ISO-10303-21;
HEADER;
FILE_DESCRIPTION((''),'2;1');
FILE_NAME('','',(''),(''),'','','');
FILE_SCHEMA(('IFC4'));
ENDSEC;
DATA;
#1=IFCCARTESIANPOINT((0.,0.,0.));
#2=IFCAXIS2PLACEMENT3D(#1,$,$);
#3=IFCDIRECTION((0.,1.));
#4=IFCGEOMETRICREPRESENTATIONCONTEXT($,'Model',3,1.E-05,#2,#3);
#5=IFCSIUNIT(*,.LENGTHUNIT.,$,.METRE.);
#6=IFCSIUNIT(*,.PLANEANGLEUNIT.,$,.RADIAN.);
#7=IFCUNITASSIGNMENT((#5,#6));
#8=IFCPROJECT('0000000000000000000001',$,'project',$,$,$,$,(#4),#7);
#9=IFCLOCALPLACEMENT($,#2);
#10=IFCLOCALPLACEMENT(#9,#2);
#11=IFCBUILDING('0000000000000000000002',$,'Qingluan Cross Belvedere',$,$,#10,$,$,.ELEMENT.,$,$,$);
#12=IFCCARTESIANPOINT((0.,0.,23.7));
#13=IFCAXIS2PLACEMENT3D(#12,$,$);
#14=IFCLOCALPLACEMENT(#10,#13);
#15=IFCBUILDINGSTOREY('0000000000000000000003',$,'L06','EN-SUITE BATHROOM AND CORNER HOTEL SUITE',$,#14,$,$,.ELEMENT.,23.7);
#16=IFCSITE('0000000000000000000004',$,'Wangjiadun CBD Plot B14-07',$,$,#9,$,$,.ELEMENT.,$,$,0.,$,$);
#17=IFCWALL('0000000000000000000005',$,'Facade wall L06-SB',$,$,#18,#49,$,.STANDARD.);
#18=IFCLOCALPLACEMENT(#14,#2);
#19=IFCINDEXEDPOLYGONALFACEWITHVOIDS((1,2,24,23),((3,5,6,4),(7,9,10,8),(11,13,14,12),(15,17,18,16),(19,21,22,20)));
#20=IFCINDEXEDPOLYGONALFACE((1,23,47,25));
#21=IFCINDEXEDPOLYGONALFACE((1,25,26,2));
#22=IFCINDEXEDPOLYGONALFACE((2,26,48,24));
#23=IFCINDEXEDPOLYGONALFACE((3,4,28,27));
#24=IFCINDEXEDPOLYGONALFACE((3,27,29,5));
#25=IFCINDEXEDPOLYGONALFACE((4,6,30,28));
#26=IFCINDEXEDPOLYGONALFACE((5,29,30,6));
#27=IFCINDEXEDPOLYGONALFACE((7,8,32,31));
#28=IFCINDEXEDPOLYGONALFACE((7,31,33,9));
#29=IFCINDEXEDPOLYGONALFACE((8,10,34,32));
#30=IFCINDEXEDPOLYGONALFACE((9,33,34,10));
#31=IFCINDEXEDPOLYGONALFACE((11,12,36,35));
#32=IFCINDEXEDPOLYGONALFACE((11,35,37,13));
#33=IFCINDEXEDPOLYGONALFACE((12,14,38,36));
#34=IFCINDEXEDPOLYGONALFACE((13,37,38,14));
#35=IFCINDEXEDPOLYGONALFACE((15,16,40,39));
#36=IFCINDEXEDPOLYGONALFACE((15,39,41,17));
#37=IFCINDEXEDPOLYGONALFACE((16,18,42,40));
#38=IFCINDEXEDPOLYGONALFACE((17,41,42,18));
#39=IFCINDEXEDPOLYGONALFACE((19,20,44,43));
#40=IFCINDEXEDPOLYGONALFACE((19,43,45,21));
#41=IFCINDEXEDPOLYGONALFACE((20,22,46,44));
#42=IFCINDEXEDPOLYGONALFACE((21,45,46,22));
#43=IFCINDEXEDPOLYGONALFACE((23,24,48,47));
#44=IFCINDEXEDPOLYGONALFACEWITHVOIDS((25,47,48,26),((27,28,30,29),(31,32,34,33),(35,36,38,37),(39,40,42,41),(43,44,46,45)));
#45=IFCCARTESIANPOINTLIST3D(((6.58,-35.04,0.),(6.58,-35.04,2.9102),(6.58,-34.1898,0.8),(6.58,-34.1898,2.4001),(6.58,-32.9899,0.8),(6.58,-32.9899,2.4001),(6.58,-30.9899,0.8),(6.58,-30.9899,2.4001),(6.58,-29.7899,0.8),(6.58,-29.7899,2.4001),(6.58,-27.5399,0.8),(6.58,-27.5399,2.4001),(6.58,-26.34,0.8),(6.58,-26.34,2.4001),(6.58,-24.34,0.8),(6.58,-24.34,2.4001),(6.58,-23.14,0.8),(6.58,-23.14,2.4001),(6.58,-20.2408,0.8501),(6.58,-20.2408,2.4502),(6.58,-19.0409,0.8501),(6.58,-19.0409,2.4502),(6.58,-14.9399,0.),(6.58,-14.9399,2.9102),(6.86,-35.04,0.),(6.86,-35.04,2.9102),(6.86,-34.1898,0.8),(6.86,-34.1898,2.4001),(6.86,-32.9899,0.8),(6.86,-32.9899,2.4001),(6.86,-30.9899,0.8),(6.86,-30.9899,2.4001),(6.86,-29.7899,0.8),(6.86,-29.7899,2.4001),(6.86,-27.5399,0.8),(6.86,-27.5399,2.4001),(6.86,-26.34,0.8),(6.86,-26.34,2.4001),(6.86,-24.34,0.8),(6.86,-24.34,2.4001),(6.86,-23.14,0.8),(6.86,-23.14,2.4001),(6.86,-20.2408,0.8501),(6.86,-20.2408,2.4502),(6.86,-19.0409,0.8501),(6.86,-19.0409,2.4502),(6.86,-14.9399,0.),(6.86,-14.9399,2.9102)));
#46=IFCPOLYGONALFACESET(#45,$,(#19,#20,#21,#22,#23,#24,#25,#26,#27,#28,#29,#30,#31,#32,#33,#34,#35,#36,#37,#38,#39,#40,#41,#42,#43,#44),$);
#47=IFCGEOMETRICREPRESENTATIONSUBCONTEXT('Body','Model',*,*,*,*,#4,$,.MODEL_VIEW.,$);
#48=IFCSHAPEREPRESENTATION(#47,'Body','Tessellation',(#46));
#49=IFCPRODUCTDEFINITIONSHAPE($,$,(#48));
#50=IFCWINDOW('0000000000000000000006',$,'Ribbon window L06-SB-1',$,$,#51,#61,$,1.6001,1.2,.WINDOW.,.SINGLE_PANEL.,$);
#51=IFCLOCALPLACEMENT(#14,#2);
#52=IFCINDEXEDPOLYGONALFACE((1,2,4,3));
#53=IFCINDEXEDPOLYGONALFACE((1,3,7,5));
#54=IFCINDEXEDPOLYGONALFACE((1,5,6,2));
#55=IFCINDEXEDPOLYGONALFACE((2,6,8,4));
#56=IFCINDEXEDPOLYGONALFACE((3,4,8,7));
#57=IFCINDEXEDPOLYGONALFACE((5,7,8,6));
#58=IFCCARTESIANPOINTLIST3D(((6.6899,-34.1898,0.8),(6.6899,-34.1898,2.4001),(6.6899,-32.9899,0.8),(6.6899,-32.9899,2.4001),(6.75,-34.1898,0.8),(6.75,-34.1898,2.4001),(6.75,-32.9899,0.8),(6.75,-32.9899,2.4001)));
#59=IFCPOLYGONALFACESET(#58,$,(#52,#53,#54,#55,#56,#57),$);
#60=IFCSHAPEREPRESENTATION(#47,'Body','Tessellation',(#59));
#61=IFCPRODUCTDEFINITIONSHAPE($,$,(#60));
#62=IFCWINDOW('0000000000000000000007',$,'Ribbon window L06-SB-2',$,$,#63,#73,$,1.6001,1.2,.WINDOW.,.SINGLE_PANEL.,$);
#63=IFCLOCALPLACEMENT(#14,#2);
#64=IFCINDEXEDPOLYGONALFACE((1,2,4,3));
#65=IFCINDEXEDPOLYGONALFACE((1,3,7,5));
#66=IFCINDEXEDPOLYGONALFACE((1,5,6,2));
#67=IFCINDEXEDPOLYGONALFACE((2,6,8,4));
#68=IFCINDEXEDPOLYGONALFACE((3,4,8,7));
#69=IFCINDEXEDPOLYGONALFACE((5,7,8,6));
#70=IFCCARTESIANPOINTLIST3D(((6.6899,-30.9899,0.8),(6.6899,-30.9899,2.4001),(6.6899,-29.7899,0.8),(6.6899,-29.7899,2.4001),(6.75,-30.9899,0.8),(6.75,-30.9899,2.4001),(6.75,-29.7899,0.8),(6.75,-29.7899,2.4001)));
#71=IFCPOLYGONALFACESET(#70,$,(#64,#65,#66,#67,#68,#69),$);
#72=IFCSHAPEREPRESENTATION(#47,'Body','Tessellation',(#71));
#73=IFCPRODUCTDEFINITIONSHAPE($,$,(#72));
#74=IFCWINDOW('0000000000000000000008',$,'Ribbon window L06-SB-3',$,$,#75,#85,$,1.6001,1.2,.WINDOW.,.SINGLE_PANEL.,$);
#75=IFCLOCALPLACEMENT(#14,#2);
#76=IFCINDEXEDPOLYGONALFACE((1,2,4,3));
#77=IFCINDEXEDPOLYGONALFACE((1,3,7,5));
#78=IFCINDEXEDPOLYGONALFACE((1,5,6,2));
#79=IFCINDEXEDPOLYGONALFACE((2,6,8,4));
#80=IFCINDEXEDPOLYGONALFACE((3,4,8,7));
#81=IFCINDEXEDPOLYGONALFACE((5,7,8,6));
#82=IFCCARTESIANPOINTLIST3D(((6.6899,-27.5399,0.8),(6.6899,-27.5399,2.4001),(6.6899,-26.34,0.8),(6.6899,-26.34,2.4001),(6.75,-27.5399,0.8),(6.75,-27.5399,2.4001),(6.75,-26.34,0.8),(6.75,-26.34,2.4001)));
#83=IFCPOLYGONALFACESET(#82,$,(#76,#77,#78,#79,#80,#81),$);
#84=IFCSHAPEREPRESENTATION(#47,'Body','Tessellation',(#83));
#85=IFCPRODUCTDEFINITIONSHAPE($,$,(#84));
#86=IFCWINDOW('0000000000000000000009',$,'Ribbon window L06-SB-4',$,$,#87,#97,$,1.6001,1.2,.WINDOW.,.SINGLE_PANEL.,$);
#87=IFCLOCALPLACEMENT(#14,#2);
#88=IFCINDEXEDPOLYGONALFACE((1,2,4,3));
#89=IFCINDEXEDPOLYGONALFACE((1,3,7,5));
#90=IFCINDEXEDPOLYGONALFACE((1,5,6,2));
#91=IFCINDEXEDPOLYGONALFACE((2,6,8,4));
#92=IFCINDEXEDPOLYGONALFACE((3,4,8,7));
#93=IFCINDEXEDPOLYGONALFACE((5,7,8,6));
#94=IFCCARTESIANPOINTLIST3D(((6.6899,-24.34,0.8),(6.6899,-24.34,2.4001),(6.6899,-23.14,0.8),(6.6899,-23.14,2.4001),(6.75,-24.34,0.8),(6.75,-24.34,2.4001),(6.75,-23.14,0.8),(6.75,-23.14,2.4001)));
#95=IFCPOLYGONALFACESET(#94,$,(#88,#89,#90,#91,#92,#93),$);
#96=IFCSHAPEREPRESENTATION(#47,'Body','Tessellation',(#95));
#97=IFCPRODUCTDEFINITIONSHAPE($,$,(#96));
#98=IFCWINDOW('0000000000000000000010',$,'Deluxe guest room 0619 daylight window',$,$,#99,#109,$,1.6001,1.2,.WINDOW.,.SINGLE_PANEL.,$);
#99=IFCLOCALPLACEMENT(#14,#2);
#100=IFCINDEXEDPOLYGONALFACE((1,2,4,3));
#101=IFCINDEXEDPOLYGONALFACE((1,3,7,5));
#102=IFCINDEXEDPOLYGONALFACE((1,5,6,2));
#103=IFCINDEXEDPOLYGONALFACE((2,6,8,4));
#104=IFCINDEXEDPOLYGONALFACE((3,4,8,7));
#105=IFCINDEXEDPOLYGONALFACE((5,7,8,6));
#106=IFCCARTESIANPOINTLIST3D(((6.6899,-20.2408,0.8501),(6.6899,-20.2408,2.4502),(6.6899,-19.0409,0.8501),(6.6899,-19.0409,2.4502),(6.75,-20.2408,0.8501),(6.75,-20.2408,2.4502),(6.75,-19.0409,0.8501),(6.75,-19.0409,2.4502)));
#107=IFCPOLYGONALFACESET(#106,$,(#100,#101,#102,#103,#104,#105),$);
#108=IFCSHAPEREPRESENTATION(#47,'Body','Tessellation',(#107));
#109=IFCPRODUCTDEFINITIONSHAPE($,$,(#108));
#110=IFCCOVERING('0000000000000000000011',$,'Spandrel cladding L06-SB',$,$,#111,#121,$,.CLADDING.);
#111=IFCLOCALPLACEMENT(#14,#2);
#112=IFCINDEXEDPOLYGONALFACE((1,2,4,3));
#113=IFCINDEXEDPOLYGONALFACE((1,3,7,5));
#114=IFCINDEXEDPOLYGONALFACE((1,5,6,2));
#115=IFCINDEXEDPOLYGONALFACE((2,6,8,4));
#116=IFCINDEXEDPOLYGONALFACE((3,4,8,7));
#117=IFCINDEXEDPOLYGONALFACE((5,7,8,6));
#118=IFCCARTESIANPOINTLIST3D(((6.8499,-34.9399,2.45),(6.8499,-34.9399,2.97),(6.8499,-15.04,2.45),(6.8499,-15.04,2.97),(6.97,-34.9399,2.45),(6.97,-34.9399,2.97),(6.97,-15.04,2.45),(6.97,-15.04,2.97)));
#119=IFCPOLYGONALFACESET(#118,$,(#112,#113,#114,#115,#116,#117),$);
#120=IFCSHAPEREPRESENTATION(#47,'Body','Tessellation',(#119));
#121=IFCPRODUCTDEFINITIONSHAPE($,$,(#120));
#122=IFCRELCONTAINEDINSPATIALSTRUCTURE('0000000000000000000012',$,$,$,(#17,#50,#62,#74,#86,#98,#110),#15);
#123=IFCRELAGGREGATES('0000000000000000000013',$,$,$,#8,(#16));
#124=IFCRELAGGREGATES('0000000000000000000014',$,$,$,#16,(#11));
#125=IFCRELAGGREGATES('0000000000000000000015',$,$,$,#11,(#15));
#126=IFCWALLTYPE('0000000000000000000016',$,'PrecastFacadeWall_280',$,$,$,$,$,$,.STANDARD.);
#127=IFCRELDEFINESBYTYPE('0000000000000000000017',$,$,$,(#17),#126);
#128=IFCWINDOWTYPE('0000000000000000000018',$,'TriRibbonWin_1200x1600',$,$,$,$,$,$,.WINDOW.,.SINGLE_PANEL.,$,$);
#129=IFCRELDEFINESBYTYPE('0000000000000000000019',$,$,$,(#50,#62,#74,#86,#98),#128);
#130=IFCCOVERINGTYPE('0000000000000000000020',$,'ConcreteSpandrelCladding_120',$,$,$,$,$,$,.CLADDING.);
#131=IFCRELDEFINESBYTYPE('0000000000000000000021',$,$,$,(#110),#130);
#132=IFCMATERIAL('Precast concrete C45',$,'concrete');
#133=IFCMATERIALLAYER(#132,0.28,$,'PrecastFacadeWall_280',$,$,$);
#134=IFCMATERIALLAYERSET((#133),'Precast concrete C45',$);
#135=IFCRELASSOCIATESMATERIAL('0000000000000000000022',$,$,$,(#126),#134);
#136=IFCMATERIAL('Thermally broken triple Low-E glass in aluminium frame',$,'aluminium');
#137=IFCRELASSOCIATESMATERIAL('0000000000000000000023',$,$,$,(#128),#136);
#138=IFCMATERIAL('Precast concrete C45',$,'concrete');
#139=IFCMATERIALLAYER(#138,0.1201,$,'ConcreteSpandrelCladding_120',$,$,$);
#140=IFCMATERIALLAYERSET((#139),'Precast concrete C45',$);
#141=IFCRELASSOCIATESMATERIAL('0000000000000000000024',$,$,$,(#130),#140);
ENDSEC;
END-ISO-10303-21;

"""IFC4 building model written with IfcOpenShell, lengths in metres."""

from ifc_helpers import new_model, si_unit, direction, frame, frame_2d, origin, origin_2d, place, context, subcontext, project, spatial, rectangle, extrude, material, layer, layer_set, type_object, element, fill, save


model = new_model("IFC4")

# Units and contexts
model_context = context("Model", 3, precision=1e-05, world=origin(), true_north=direction((0.0, 1.0)))
body_context = subcontext(model_context, "Body", "Model", "MODEL_VIEW")
ifc_project = project(units=[si_unit("LENGTHUNIT", "METRE"), si_unit("PLANEANGLEUNIT", "RADIAN")], contexts=[model_context])

# Site, building, storey
site_placement = place(None, origin())
site = spatial("IfcSite", under=ifc_project, at=site_placement, Name="Wangjiadun CBD Plot B14-07", CompositionType="ELEMENT", RefElevation=0.0)
building_placement = place(site_placement, origin())
building = spatial("IfcBuilding", under=site, at=building_placement, Name="Qingluan Cross Belvedere", CompositionType="ELEMENT")
storey_placement = place(building_placement, frame((0.0, 0.0, 23.7)))
storey = spatial("IfcBuildingStorey", under=building, at=storey_placement, Name="L06", Description="EN-SUITE BATHROOM AND CORNER HOTEL SUITE", CompositionType="ELEMENT", Elevation=23.7)

# Wall, openings, windows
ifc_material_1 = material(Name="Precast concrete C45", Category="concrete")
ifc_layer_1 = layer(ifc_material_1, 0.28, Name="PrecastFacadeWall_280")
ifc_layer_set_1 = layer_set([ifc_layer_1], Name="Precast concrete C45")
wall_type_1 = type_object("IfcWallType", Name="PrecastFacadeWall_280", PredefinedType="STANDARD", material=ifc_layer_set_1)
wall_1_placement = place(storey_placement, frame((6.72, -35.04, 0.0), z_axis=(0.0, 0.0, 1.0), x_axis=(0.0, 1.0, 0.0)))
wall_1 = element("IfcWall", 1, at=wall_1_placement, inside=storey, type_object=wall_type_1, Name="Facade wall L06-SB", PredefinedType="STANDARD", context=body_context, shape_type="SweptSolid", body=[
    extrude(rectangle(XDim=20.1001, YDim=0.28, at=frame_2d((10.05, 0.0))), origin(), (0.0, 0.0, 1.0), 2.9102),
])
opening_1_placement = place(wall_1_placement, frame((0.8501, 0.0, 0.8)))
opening_1 = element("IfcOpeningElement", 2, at=opening_1_placement, cuts=wall_1, PredefinedType="OPENING", context=body_context, shape_type="SweptSolid", body=[
    extrude(rectangle(XDim=1.2, YDim=1.6001, at=frame_2d((0.6001, 0.8))), frame((0.0, 0.1499, 0.0), z_axis=(0.0, -1.0, 0.0), x_axis=(1.0, 0.0, 0.0)), (0.0, 0.0, 1.0), 0.3),
])
opening_2_placement = place(wall_1_placement, frame((4.05, 0.0, 0.8)))
opening_2 = element("IfcOpeningElement", 3, at=opening_2_placement, cuts=wall_1, PredefinedType="OPENING", context=body_context, shape_type="SweptSolid", body=[
    extrude(rectangle(XDim=1.2, YDim=1.6001, at=frame_2d((0.6001, 0.8))), frame((0.0, 0.1499, 0.0), z_axis=(0.0, -1.0, 0.0), x_axis=(1.0, 0.0, 0.0)), (0.0, 0.0, 1.0), 0.3),
])
opening_3_placement = place(wall_1_placement, frame((7.5, 0.0, 0.8)))
opening_3 = element("IfcOpeningElement", 4, at=opening_3_placement, cuts=wall_1, PredefinedType="OPENING", context=body_context, shape_type="SweptSolid", body=[
    extrude(rectangle(XDim=1.2, YDim=1.6001, at=frame_2d((0.6001, 0.8))), frame((0.0, 0.1499, 0.0), z_axis=(0.0, -1.0, 0.0), x_axis=(1.0, 0.0, 0.0)), (0.0, 0.0, 1.0), 0.3),
])
opening_4_placement = place(wall_1_placement, frame((10.7, 0.0, 0.8)))
opening_4 = element("IfcOpeningElement", 5, at=opening_4_placement, cuts=wall_1, PredefinedType="OPENING", context=body_context, shape_type="SweptSolid", body=[
    extrude(rectangle(XDim=1.2, YDim=1.6001, at=frame_2d((0.6001, 0.8))), frame((0.0, 0.1499, 0.0), z_axis=(0.0, -1.0, 0.0), x_axis=(1.0, 0.0, 0.0)), (0.0, 0.0, 1.0), 0.3),
])
opening_5_placement = place(wall_1_placement, frame((14.7991, 0.0, 0.8501)))
opening_5 = element("IfcOpeningElement", 6, at=opening_5_placement, cuts=wall_1, PredefinedType="OPENING", context=body_context, shape_type="SweptSolid", body=[
    extrude(rectangle(XDim=1.2, YDim=1.6001, at=frame_2d((0.6001, 0.8))), frame((0.0, 0.1499, 0.0), z_axis=(0.0, -1.0, 0.0), x_axis=(1.0, 0.0, 0.0)), (0.0, 0.0, 1.0), 0.3),
])
ifc_material_2 = material(Name="Thermally broken triple Low-E glass in aluminium frame", Category="aluminium")
window_type = type_object("IfcWindowType", Name="TriRibbonWin_1200x1600", PartitioningType="SINGLE_PANEL", PredefinedType="WINDOW", material=ifc_material_2)
window_1_placement = place(opening_1_placement, origin())
window_1 = element("IfcWindow", 7, at=window_1_placement, inside=storey, type_object=window_type, Name="Ribbon window L06-SB-1", OverallHeight=1.6001, OverallWidth=1.2, PartitioningType="SINGLE_PANEL", PredefinedType="WINDOW", context=body_context, shape_type="SweptSolid", body=[
    extrude(rectangle(XDim=1.2, YDim=1.6001, at=frame_2d((0.6001, 0.8))), frame((0.0, 0.03, 0.0), z_axis=(0.0, -1.0, 0.0), x_axis=(1.0, 0.0, 0.0)), (0.0, 0.0, 1.0), 0.0601),
])
fill(opening_1, window_1)
window_2_placement = place(opening_2_placement, origin())
window_2 = element("IfcWindow", 8, at=window_2_placement, inside=storey, type_object=window_type, Name="Ribbon window L06-SB-2", OverallHeight=1.6001, OverallWidth=1.2, PartitioningType="SINGLE_PANEL", PredefinedType="WINDOW", context=body_context, shape_type="SweptSolid", body=[
    extrude(rectangle(XDim=1.2, YDim=1.6001, at=frame_2d((0.6001, 0.8))), frame((0.0, 0.03, 0.0), z_axis=(0.0, -1.0, 0.0), x_axis=(1.0, 0.0, 0.0)), (0.0, 0.0, 1.0), 0.0601),
])
fill(opening_2, window_2)
window_3_placement = place(opening_3_placement, origin())
window_3 = element("IfcWindow", 9, at=window_3_placement, inside=storey, type_object=window_type, Name="Ribbon window L06-SB-3", OverallHeight=1.6001, OverallWidth=1.2, PartitioningType="SINGLE_PANEL", PredefinedType="WINDOW", context=body_context, shape_type="SweptSolid", body=[
    extrude(rectangle(XDim=1.2, YDim=1.6001, at=frame_2d((0.6001, 0.8))), frame((0.0, 0.03, 0.0), z_axis=(0.0, -1.0, 0.0), x_axis=(1.0, 0.0, 0.0)), (0.0, 0.0, 1.0), 0.0601),
])
fill(opening_3, window_3)
window_4_placement = place(opening_4_placement, origin())
window_4 = element("IfcWindow", 10, at=window_4_placement, inside=storey, type_object=window_type, Name="Ribbon window L06-SB-4", OverallHeight=1.6001, OverallWidth=1.2, PartitioningType="SINGLE_PANEL", PredefinedType="WINDOW", context=body_context, shape_type="SweptSolid", body=[
    extrude(rectangle(XDim=1.2, YDim=1.6001, at=frame_2d((0.6001, 0.8))), frame((0.0, 0.03, 0.0), z_axis=(0.0, -1.0, 0.0), x_axis=(1.0, 0.0, 0.0)), (0.0, 0.0, 1.0), 0.0601),
])
fill(opening_4, window_4)
window_5_placement = place(opening_5_placement, origin())
window_5 = element("IfcWindow", 11, at=window_5_placement, inside=storey, type_object=window_type, Name="Deluxe guest room 0619 daylight window", OverallHeight=1.6001, OverallWidth=1.2, PartitioningType="SINGLE_PANEL", PredefinedType="WINDOW", context=body_context, shape_type="SweptSolid", body=[
    extrude(rectangle(XDim=1.2, YDim=1.6001, at=frame_2d((0.6001, 0.8))), frame((0.0, 0.03, 0.0), z_axis=(0.0, -1.0, 0.0), x_axis=(1.0, 0.0, 0.0)), (0.0, 0.0, 1.0), 0.0601),
])
fill(opening_5, window_5)

# Covering
ifc_material_3 = material(Name="Precast concrete C45", Category="concrete")
ifc_layer_2 = layer(ifc_material_3, 0.1201, Name="ConcreteSpandrelCladding_120")
ifc_layer_set_2 = layer_set([ifc_layer_2], Name="Precast concrete C45")
covering_type = type_object("IfcCoveringType", Name="ConcreteSpandrelCladding_120", PredefinedType="CLADDING", material=ifc_layer_set_2)
covering_placement = place(storey_placement, frame((6.9099, -24.99, 2.45), z_axis=(0.0, 0.0, 1.0), x_axis=(0.0, 1.0, 0.0)))
element("IfcCovering", 12, at=covering_placement, inside=storey, type_object=covering_type, Name="Spandrel cladding L06-SB", PredefinedType="CLADDING", context=body_context, shape_type="SweptSolid", body=[
    extrude(rectangle(XDim=19.8999, YDim=0.1201, at=origin_2d()), origin(), (0.0, 0.0, 1.0), 0.52),
])

save(model, "model.ifc")
